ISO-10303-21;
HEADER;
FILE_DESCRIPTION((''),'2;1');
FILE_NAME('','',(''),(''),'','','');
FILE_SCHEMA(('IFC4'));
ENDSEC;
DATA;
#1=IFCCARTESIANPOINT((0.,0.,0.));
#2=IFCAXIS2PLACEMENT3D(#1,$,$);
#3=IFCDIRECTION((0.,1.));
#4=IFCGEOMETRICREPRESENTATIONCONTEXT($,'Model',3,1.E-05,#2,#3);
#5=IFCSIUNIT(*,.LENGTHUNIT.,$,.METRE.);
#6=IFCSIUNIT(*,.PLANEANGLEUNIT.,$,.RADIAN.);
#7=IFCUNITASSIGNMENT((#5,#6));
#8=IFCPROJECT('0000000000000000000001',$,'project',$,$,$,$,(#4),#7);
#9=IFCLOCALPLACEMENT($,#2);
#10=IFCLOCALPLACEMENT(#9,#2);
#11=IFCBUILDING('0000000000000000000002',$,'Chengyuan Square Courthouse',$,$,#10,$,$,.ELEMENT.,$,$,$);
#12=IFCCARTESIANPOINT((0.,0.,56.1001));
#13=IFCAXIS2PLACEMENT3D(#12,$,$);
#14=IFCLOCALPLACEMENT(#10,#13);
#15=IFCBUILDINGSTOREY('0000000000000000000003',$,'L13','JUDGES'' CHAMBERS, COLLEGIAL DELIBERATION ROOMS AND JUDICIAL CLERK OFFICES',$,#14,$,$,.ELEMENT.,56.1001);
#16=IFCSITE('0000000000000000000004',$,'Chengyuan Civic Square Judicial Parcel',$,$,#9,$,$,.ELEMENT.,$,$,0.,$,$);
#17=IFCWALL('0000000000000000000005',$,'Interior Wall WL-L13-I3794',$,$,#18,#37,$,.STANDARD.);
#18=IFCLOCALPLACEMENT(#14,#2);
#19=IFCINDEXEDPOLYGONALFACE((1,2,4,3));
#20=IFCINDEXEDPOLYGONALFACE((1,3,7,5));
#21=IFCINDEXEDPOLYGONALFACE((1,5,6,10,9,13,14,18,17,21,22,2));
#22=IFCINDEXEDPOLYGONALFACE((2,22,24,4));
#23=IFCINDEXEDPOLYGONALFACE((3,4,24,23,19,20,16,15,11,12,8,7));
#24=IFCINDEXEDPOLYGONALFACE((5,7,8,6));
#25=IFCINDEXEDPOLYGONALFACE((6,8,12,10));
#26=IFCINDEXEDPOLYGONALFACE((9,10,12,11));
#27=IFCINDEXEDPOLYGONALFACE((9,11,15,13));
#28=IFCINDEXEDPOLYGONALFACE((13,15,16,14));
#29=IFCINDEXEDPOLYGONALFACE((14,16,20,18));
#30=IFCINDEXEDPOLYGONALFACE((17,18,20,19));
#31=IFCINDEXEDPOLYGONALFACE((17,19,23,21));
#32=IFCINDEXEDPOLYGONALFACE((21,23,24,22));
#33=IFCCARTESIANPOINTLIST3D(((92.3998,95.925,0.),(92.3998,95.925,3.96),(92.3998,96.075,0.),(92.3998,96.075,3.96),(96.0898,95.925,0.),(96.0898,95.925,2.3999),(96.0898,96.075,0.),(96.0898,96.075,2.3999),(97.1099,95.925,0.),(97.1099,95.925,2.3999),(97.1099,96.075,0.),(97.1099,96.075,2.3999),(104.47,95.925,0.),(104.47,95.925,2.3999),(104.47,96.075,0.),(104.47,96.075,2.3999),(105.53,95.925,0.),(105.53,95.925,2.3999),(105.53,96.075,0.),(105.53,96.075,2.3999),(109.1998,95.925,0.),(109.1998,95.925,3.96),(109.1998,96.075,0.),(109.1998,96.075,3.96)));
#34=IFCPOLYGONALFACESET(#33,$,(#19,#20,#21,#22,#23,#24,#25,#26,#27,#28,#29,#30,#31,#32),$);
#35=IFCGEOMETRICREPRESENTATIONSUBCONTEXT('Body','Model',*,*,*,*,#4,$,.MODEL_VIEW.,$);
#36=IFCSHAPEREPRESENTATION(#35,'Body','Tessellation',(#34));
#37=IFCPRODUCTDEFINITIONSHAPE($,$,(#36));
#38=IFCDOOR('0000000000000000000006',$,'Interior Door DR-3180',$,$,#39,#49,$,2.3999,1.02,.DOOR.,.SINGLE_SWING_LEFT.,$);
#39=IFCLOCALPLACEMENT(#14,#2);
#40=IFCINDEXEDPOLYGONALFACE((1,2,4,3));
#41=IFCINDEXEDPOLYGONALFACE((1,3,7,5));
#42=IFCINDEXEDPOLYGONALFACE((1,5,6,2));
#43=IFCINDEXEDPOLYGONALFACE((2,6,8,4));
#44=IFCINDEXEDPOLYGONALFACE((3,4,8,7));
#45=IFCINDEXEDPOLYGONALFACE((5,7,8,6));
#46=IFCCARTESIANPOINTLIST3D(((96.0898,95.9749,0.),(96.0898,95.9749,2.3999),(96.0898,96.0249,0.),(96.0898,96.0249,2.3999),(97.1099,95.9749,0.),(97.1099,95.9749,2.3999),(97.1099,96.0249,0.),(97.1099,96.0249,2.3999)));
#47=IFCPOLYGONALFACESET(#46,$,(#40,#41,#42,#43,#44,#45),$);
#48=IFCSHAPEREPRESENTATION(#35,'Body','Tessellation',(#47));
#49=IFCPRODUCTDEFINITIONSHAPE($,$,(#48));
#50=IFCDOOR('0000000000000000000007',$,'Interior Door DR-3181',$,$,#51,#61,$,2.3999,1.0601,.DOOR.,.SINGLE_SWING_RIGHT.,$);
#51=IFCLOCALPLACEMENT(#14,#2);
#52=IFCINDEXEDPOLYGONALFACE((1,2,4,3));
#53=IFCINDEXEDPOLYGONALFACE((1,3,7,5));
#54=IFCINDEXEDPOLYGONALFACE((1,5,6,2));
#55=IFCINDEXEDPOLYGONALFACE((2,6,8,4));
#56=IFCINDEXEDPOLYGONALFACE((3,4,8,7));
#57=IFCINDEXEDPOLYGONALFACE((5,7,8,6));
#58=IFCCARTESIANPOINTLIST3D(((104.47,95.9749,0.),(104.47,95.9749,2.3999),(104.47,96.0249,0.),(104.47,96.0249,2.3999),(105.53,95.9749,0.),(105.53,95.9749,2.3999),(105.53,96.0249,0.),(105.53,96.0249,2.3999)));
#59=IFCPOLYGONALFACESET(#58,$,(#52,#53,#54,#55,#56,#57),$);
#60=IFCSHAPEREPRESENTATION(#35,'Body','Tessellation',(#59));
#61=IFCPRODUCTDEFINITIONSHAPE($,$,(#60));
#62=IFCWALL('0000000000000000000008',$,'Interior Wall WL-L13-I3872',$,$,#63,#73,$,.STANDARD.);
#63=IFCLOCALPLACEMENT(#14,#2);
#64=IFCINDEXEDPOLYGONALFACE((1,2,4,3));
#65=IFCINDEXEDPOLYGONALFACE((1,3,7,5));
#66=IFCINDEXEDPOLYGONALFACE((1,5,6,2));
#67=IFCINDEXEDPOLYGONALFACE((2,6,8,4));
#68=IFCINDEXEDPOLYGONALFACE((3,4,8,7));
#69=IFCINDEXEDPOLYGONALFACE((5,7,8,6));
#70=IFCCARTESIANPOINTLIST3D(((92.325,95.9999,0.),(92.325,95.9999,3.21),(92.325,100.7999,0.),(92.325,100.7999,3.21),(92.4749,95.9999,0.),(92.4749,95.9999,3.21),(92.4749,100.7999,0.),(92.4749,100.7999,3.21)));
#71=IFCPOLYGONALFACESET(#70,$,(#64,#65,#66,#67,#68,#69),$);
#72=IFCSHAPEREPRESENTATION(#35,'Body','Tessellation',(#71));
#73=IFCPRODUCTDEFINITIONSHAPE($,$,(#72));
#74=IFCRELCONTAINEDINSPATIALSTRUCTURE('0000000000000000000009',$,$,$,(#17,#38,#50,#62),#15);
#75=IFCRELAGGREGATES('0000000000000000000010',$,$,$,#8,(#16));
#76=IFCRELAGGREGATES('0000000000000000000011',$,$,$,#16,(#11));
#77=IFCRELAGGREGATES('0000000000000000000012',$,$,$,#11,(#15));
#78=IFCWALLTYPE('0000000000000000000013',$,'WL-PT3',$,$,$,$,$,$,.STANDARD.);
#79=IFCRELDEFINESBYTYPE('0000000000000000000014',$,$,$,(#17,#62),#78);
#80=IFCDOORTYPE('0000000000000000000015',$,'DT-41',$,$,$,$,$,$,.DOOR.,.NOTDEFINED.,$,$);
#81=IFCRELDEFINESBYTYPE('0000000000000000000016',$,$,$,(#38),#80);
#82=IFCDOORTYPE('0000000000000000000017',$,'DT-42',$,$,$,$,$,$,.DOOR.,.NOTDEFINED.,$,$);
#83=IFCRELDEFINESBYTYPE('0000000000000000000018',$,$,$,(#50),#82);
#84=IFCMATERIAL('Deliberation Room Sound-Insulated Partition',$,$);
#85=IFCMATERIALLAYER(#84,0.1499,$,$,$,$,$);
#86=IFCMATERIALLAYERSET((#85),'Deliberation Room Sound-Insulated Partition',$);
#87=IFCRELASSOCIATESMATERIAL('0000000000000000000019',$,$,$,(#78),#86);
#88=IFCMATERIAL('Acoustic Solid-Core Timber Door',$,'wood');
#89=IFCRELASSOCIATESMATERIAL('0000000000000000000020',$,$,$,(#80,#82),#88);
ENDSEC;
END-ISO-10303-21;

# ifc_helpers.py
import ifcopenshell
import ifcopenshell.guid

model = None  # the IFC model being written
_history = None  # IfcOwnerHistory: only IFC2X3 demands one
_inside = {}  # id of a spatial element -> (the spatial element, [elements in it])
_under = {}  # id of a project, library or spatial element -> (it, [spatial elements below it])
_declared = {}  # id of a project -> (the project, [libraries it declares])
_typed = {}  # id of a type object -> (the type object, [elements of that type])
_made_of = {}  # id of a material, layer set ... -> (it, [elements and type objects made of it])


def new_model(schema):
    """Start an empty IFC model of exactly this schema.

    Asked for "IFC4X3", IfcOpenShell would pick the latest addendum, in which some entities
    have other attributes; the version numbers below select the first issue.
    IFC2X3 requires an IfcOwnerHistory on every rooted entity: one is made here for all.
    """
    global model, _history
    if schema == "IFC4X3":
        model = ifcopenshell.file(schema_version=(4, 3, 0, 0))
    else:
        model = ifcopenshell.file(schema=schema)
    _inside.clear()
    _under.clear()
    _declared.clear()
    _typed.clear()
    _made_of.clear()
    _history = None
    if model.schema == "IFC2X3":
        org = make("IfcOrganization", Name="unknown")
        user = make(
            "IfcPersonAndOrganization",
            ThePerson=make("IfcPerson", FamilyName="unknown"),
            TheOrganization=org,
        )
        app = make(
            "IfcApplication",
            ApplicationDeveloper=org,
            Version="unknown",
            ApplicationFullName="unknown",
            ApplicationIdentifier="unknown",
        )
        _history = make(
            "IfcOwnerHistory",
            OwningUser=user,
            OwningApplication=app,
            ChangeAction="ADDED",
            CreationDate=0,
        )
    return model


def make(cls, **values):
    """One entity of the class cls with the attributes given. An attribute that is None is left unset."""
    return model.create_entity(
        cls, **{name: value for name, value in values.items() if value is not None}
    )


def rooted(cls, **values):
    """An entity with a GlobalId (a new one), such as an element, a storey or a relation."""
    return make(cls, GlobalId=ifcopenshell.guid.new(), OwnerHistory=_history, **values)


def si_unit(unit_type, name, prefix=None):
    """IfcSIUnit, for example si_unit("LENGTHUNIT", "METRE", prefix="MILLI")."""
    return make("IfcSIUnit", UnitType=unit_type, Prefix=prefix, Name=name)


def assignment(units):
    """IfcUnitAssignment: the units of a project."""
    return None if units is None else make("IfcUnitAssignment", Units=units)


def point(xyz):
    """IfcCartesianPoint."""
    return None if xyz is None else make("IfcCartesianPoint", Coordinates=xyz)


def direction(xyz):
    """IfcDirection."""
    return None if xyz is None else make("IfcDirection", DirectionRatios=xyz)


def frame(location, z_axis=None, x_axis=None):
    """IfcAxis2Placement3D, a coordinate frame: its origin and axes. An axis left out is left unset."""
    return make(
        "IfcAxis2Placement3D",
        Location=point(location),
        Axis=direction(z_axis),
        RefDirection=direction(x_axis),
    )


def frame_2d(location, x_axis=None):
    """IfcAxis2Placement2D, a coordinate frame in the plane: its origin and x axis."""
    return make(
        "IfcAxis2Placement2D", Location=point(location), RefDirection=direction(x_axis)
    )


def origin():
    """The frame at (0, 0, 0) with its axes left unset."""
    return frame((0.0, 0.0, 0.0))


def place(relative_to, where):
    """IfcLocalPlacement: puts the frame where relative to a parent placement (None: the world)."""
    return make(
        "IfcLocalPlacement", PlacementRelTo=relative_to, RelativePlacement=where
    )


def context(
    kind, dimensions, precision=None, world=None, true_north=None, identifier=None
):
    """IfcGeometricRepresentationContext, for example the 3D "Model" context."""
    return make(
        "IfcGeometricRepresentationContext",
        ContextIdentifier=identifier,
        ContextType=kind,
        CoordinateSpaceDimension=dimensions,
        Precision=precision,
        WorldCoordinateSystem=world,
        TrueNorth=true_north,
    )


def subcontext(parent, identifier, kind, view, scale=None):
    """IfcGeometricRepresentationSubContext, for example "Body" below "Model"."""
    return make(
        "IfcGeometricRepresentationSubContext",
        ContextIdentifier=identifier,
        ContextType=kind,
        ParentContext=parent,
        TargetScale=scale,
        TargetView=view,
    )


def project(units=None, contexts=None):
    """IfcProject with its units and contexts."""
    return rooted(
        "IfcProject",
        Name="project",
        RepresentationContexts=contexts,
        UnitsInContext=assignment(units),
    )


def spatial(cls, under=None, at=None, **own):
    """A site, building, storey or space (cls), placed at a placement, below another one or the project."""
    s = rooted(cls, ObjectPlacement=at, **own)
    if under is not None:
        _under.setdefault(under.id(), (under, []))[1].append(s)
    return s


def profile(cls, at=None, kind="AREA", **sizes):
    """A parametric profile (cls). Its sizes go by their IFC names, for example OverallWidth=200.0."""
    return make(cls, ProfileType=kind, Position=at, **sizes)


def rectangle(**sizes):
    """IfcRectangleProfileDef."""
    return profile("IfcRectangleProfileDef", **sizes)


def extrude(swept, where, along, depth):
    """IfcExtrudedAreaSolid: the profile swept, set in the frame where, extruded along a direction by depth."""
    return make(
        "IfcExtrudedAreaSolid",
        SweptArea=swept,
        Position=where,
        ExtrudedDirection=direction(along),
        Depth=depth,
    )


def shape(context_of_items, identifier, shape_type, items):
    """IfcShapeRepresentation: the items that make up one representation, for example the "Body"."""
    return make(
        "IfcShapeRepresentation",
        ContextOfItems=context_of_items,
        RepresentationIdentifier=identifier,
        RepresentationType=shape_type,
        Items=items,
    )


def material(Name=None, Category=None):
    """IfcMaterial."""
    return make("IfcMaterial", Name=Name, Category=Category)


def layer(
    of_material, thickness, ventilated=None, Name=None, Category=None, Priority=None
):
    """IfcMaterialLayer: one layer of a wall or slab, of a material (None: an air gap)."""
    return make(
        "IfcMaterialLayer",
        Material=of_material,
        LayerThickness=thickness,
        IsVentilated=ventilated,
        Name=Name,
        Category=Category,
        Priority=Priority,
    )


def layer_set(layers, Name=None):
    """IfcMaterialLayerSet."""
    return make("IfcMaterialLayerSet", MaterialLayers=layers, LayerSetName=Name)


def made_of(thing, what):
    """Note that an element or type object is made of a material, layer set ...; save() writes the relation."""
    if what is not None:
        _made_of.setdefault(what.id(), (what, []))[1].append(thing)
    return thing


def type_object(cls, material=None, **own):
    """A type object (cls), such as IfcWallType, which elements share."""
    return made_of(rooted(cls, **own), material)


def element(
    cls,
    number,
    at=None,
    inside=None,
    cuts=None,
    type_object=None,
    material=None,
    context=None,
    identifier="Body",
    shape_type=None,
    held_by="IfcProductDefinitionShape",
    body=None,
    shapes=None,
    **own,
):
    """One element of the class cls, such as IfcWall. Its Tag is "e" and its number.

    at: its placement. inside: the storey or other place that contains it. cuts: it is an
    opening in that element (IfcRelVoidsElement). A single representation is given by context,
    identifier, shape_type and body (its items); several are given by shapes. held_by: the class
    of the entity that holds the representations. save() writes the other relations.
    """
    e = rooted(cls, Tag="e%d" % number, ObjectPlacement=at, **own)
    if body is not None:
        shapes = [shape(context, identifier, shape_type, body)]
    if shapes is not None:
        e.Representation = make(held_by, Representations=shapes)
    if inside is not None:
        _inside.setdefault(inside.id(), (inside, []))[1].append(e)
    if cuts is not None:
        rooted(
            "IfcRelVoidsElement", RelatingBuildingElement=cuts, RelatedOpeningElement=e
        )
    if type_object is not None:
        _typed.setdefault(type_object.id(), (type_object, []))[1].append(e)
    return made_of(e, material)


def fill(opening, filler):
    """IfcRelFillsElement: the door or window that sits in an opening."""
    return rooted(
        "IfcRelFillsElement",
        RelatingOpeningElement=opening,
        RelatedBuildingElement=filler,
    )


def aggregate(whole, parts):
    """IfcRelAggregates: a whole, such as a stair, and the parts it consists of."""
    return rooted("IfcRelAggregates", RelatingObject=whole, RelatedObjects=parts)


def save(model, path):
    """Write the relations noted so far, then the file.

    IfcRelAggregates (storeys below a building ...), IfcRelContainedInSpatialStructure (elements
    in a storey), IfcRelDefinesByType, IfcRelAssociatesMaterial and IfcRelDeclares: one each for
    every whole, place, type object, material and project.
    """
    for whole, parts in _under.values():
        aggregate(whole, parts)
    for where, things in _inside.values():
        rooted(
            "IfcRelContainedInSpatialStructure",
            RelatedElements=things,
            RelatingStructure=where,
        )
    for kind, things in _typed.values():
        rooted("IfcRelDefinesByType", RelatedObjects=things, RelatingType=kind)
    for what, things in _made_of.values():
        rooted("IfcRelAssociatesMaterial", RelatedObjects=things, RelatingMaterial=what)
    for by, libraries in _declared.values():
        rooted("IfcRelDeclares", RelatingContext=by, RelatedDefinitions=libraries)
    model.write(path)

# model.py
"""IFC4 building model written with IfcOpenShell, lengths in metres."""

from ifc_helpers import new_model, si_unit, direction, frame, frame_2d, origin, place, context, subcontext, project, spatial, rectangle, extrude, material, layer, layer_set, type_object, element, fill, save


model = new_model("IFC4")

# Units and contexts
model_context = context("Model", 3, precision=1e-05, world=origin(), true_north=direction((0.0, 1.0)))
body_context = subcontext(model_context, "Body", "Model", "MODEL_VIEW")
ifc_project = project(units=[si_unit("LENGTHUNIT", "METRE"), si_unit("PLANEANGLEUNIT", "RADIAN")], contexts=[model_context])

# Site, building, storey
site_placement = place(None, origin())
site = spatial("IfcSite", under=ifc_project, at=site_placement, Name="Chengyuan Civic Square Judicial Parcel", CompositionType="ELEMENT", RefElevation=0.0)
building_placement = place(site_placement, origin())
building = spatial("IfcBuilding", under=site, at=building_placement, Name="Chengyuan Square Courthouse", CompositionType="ELEMENT")
storey_placement = place(building_placement, frame((0.0, 0.0, 56.1001)))
storey = spatial("IfcBuildingStorey", under=building, at=storey_placement, Name="L13", Description="JUDGES' CHAMBERS, COLLEGIAL DELIBERATION ROOMS AND JUDICIAL CLERK OFFICES", CompositionType="ELEMENT", Elevation=56.1001)

# Wall, openings, doors
ifc_material_1 = material(Name="Deliberation Room Sound-Insulated Partition")
ifc_layer_1 = layer(ifc_material_1, 0.1499)
ifc_layer_set_1 = layer_set([ifc_layer_1], Name="Deliberation Room Sound-Insulated Partition")
wall_type_1 = type_object("IfcWallType", Name="WL-PT3", PredefinedType="STANDARD", material=ifc_layer_set_1)
wall_1_placement = place(storey_placement, frame((92.3999, 96.0, 0.0), z_axis=(0.0, 0.0, 1.0), x_axis=(1.0, 0.0, 0.0)))
wall_1 = element("IfcWall", 1, at=wall_1_placement, inside=storey, type_object=wall_type_1, Name="Interior Wall WL-L13-I3794", PredefinedType="STANDARD", context=body_context, shape_type="SweptSolid", body=[
    extrude(rectangle(XDim=16.8, YDim=0.1499, at=frame_2d((8.3999, 0.0))), origin(), (0.0, 0.0, 1.0), 3.96),
])
opening_1_placement = place(wall_1_placement, frame((3.6899, 0.0, 0.0)))
opening_1 = element("IfcOpeningElement", 2, at=opening_1_placement, cuts=wall_1, PredefinedType="OPENING", context=body_context, shape_type="SweptSolid", body=[
    extrude(rectangle(XDim=1.02, YDim=2.3999, at=frame_2d((0.51, 1.2))), frame((0.0, 0.0869, 0.0), z_axis=(0.0, -1.0, 0.0), x_axis=(1.0, 0.0, 0.0)), (0.0, 0.0, 1.0), 0.1738),
])
opening_2_placement = place(wall_1_placement, frame((12.0701, 0.0, 0.0)))
opening_2 = element("IfcOpeningElement", 3, at=opening_2_placement, cuts=wall_1, PredefinedType="OPENING", context=body_context, shape_type="SweptSolid", body=[
    extrude(rectangle(XDim=1.0601, YDim=2.3999, at=frame_2d((0.53, 1.2))), frame((0.0, 0.0869, 0.0), z_axis=(0.0, -1.0, 0.0), x_axis=(1.0, 0.0, 0.0)), (0.0, 0.0, 1.0), 0.1738),
])
ifc_material_2 = material(Name="Acoustic Solid-Core Timber Door", Category="wood")
door_type_1 = type_object("IfcDoorType", Name="DT-41", OperationType="NOTDEFINED", PredefinedType="DOOR", material=ifc_material_2)
door_1_placement = place(opening_1_placement, origin())
door_1 = element("IfcDoor", 4, at=door_1_placement, inside=storey, type_object=door_type_1, Name="Interior Door DR-3180", OperationType="SINGLE_SWING_LEFT", OverallHeight=2.3999, OverallWidth=1.02, PredefinedType="DOOR", context=body_context, shape_type="SweptSolid", body=[
    extrude(rectangle(XDim=1.02, YDim=2.3999, at=frame_2d((0.51, 1.2))), frame((0.0, 0.0249, 0.0), z_axis=(0.0, -1.0, 0.0), x_axis=(1.0, 0.0, 0.0)), (0.0, 0.0, 1.0), 0.05),
])
fill(opening_1, door_1)
door_type_2 = type_object("IfcDoorType", Name="DT-42", OperationType="NOTDEFINED", PredefinedType="DOOR", material=ifc_material_2)
door_2_placement = place(opening_2_placement, origin())
door_2 = element("IfcDoor", 5, at=door_2_placement, inside=storey, type_object=door_type_2, Name="Interior Door DR-3181", OperationType="SINGLE_SWING_RIGHT", OverallHeight=2.3999, OverallWidth=1.0601, PredefinedType="DOOR", context=body_context, shape_type="SweptSolid", body=[
    extrude(rectangle(XDim=1.0601, YDim=2.3999, at=frame_2d((0.53, 1.2))), frame((0.0, 0.0249, 0.0), z_axis=(0.0, -1.0, 0.0), x_axis=(1.0, 0.0, 0.0)), (0.0, 0.0, 1.0), 0.05),
])
fill(opening_2, door_2)

# Wall
wall_2_placement = place(storey_placement, frame((92.3999, 96.0, 0.0), z_axis=(0.0, 0.0, 1.0), x_axis=(0.0, 1.0, 0.0)))
element("IfcWall", 6, at=wall_2_placement, inside=storey, type_object=wall_type_1, Name="Interior Wall WL-L13-I3872", PredefinedType="STANDARD", context=body_context, shape_type="SweptSolid", body=[
    extrude(rectangle(XDim=4.8, YDim=0.1499, at=frame_2d((2.3999, 0.0))), origin(), (0.0, 0.0, 1.0), 3.21),
])

save(model, "model.ifc")
